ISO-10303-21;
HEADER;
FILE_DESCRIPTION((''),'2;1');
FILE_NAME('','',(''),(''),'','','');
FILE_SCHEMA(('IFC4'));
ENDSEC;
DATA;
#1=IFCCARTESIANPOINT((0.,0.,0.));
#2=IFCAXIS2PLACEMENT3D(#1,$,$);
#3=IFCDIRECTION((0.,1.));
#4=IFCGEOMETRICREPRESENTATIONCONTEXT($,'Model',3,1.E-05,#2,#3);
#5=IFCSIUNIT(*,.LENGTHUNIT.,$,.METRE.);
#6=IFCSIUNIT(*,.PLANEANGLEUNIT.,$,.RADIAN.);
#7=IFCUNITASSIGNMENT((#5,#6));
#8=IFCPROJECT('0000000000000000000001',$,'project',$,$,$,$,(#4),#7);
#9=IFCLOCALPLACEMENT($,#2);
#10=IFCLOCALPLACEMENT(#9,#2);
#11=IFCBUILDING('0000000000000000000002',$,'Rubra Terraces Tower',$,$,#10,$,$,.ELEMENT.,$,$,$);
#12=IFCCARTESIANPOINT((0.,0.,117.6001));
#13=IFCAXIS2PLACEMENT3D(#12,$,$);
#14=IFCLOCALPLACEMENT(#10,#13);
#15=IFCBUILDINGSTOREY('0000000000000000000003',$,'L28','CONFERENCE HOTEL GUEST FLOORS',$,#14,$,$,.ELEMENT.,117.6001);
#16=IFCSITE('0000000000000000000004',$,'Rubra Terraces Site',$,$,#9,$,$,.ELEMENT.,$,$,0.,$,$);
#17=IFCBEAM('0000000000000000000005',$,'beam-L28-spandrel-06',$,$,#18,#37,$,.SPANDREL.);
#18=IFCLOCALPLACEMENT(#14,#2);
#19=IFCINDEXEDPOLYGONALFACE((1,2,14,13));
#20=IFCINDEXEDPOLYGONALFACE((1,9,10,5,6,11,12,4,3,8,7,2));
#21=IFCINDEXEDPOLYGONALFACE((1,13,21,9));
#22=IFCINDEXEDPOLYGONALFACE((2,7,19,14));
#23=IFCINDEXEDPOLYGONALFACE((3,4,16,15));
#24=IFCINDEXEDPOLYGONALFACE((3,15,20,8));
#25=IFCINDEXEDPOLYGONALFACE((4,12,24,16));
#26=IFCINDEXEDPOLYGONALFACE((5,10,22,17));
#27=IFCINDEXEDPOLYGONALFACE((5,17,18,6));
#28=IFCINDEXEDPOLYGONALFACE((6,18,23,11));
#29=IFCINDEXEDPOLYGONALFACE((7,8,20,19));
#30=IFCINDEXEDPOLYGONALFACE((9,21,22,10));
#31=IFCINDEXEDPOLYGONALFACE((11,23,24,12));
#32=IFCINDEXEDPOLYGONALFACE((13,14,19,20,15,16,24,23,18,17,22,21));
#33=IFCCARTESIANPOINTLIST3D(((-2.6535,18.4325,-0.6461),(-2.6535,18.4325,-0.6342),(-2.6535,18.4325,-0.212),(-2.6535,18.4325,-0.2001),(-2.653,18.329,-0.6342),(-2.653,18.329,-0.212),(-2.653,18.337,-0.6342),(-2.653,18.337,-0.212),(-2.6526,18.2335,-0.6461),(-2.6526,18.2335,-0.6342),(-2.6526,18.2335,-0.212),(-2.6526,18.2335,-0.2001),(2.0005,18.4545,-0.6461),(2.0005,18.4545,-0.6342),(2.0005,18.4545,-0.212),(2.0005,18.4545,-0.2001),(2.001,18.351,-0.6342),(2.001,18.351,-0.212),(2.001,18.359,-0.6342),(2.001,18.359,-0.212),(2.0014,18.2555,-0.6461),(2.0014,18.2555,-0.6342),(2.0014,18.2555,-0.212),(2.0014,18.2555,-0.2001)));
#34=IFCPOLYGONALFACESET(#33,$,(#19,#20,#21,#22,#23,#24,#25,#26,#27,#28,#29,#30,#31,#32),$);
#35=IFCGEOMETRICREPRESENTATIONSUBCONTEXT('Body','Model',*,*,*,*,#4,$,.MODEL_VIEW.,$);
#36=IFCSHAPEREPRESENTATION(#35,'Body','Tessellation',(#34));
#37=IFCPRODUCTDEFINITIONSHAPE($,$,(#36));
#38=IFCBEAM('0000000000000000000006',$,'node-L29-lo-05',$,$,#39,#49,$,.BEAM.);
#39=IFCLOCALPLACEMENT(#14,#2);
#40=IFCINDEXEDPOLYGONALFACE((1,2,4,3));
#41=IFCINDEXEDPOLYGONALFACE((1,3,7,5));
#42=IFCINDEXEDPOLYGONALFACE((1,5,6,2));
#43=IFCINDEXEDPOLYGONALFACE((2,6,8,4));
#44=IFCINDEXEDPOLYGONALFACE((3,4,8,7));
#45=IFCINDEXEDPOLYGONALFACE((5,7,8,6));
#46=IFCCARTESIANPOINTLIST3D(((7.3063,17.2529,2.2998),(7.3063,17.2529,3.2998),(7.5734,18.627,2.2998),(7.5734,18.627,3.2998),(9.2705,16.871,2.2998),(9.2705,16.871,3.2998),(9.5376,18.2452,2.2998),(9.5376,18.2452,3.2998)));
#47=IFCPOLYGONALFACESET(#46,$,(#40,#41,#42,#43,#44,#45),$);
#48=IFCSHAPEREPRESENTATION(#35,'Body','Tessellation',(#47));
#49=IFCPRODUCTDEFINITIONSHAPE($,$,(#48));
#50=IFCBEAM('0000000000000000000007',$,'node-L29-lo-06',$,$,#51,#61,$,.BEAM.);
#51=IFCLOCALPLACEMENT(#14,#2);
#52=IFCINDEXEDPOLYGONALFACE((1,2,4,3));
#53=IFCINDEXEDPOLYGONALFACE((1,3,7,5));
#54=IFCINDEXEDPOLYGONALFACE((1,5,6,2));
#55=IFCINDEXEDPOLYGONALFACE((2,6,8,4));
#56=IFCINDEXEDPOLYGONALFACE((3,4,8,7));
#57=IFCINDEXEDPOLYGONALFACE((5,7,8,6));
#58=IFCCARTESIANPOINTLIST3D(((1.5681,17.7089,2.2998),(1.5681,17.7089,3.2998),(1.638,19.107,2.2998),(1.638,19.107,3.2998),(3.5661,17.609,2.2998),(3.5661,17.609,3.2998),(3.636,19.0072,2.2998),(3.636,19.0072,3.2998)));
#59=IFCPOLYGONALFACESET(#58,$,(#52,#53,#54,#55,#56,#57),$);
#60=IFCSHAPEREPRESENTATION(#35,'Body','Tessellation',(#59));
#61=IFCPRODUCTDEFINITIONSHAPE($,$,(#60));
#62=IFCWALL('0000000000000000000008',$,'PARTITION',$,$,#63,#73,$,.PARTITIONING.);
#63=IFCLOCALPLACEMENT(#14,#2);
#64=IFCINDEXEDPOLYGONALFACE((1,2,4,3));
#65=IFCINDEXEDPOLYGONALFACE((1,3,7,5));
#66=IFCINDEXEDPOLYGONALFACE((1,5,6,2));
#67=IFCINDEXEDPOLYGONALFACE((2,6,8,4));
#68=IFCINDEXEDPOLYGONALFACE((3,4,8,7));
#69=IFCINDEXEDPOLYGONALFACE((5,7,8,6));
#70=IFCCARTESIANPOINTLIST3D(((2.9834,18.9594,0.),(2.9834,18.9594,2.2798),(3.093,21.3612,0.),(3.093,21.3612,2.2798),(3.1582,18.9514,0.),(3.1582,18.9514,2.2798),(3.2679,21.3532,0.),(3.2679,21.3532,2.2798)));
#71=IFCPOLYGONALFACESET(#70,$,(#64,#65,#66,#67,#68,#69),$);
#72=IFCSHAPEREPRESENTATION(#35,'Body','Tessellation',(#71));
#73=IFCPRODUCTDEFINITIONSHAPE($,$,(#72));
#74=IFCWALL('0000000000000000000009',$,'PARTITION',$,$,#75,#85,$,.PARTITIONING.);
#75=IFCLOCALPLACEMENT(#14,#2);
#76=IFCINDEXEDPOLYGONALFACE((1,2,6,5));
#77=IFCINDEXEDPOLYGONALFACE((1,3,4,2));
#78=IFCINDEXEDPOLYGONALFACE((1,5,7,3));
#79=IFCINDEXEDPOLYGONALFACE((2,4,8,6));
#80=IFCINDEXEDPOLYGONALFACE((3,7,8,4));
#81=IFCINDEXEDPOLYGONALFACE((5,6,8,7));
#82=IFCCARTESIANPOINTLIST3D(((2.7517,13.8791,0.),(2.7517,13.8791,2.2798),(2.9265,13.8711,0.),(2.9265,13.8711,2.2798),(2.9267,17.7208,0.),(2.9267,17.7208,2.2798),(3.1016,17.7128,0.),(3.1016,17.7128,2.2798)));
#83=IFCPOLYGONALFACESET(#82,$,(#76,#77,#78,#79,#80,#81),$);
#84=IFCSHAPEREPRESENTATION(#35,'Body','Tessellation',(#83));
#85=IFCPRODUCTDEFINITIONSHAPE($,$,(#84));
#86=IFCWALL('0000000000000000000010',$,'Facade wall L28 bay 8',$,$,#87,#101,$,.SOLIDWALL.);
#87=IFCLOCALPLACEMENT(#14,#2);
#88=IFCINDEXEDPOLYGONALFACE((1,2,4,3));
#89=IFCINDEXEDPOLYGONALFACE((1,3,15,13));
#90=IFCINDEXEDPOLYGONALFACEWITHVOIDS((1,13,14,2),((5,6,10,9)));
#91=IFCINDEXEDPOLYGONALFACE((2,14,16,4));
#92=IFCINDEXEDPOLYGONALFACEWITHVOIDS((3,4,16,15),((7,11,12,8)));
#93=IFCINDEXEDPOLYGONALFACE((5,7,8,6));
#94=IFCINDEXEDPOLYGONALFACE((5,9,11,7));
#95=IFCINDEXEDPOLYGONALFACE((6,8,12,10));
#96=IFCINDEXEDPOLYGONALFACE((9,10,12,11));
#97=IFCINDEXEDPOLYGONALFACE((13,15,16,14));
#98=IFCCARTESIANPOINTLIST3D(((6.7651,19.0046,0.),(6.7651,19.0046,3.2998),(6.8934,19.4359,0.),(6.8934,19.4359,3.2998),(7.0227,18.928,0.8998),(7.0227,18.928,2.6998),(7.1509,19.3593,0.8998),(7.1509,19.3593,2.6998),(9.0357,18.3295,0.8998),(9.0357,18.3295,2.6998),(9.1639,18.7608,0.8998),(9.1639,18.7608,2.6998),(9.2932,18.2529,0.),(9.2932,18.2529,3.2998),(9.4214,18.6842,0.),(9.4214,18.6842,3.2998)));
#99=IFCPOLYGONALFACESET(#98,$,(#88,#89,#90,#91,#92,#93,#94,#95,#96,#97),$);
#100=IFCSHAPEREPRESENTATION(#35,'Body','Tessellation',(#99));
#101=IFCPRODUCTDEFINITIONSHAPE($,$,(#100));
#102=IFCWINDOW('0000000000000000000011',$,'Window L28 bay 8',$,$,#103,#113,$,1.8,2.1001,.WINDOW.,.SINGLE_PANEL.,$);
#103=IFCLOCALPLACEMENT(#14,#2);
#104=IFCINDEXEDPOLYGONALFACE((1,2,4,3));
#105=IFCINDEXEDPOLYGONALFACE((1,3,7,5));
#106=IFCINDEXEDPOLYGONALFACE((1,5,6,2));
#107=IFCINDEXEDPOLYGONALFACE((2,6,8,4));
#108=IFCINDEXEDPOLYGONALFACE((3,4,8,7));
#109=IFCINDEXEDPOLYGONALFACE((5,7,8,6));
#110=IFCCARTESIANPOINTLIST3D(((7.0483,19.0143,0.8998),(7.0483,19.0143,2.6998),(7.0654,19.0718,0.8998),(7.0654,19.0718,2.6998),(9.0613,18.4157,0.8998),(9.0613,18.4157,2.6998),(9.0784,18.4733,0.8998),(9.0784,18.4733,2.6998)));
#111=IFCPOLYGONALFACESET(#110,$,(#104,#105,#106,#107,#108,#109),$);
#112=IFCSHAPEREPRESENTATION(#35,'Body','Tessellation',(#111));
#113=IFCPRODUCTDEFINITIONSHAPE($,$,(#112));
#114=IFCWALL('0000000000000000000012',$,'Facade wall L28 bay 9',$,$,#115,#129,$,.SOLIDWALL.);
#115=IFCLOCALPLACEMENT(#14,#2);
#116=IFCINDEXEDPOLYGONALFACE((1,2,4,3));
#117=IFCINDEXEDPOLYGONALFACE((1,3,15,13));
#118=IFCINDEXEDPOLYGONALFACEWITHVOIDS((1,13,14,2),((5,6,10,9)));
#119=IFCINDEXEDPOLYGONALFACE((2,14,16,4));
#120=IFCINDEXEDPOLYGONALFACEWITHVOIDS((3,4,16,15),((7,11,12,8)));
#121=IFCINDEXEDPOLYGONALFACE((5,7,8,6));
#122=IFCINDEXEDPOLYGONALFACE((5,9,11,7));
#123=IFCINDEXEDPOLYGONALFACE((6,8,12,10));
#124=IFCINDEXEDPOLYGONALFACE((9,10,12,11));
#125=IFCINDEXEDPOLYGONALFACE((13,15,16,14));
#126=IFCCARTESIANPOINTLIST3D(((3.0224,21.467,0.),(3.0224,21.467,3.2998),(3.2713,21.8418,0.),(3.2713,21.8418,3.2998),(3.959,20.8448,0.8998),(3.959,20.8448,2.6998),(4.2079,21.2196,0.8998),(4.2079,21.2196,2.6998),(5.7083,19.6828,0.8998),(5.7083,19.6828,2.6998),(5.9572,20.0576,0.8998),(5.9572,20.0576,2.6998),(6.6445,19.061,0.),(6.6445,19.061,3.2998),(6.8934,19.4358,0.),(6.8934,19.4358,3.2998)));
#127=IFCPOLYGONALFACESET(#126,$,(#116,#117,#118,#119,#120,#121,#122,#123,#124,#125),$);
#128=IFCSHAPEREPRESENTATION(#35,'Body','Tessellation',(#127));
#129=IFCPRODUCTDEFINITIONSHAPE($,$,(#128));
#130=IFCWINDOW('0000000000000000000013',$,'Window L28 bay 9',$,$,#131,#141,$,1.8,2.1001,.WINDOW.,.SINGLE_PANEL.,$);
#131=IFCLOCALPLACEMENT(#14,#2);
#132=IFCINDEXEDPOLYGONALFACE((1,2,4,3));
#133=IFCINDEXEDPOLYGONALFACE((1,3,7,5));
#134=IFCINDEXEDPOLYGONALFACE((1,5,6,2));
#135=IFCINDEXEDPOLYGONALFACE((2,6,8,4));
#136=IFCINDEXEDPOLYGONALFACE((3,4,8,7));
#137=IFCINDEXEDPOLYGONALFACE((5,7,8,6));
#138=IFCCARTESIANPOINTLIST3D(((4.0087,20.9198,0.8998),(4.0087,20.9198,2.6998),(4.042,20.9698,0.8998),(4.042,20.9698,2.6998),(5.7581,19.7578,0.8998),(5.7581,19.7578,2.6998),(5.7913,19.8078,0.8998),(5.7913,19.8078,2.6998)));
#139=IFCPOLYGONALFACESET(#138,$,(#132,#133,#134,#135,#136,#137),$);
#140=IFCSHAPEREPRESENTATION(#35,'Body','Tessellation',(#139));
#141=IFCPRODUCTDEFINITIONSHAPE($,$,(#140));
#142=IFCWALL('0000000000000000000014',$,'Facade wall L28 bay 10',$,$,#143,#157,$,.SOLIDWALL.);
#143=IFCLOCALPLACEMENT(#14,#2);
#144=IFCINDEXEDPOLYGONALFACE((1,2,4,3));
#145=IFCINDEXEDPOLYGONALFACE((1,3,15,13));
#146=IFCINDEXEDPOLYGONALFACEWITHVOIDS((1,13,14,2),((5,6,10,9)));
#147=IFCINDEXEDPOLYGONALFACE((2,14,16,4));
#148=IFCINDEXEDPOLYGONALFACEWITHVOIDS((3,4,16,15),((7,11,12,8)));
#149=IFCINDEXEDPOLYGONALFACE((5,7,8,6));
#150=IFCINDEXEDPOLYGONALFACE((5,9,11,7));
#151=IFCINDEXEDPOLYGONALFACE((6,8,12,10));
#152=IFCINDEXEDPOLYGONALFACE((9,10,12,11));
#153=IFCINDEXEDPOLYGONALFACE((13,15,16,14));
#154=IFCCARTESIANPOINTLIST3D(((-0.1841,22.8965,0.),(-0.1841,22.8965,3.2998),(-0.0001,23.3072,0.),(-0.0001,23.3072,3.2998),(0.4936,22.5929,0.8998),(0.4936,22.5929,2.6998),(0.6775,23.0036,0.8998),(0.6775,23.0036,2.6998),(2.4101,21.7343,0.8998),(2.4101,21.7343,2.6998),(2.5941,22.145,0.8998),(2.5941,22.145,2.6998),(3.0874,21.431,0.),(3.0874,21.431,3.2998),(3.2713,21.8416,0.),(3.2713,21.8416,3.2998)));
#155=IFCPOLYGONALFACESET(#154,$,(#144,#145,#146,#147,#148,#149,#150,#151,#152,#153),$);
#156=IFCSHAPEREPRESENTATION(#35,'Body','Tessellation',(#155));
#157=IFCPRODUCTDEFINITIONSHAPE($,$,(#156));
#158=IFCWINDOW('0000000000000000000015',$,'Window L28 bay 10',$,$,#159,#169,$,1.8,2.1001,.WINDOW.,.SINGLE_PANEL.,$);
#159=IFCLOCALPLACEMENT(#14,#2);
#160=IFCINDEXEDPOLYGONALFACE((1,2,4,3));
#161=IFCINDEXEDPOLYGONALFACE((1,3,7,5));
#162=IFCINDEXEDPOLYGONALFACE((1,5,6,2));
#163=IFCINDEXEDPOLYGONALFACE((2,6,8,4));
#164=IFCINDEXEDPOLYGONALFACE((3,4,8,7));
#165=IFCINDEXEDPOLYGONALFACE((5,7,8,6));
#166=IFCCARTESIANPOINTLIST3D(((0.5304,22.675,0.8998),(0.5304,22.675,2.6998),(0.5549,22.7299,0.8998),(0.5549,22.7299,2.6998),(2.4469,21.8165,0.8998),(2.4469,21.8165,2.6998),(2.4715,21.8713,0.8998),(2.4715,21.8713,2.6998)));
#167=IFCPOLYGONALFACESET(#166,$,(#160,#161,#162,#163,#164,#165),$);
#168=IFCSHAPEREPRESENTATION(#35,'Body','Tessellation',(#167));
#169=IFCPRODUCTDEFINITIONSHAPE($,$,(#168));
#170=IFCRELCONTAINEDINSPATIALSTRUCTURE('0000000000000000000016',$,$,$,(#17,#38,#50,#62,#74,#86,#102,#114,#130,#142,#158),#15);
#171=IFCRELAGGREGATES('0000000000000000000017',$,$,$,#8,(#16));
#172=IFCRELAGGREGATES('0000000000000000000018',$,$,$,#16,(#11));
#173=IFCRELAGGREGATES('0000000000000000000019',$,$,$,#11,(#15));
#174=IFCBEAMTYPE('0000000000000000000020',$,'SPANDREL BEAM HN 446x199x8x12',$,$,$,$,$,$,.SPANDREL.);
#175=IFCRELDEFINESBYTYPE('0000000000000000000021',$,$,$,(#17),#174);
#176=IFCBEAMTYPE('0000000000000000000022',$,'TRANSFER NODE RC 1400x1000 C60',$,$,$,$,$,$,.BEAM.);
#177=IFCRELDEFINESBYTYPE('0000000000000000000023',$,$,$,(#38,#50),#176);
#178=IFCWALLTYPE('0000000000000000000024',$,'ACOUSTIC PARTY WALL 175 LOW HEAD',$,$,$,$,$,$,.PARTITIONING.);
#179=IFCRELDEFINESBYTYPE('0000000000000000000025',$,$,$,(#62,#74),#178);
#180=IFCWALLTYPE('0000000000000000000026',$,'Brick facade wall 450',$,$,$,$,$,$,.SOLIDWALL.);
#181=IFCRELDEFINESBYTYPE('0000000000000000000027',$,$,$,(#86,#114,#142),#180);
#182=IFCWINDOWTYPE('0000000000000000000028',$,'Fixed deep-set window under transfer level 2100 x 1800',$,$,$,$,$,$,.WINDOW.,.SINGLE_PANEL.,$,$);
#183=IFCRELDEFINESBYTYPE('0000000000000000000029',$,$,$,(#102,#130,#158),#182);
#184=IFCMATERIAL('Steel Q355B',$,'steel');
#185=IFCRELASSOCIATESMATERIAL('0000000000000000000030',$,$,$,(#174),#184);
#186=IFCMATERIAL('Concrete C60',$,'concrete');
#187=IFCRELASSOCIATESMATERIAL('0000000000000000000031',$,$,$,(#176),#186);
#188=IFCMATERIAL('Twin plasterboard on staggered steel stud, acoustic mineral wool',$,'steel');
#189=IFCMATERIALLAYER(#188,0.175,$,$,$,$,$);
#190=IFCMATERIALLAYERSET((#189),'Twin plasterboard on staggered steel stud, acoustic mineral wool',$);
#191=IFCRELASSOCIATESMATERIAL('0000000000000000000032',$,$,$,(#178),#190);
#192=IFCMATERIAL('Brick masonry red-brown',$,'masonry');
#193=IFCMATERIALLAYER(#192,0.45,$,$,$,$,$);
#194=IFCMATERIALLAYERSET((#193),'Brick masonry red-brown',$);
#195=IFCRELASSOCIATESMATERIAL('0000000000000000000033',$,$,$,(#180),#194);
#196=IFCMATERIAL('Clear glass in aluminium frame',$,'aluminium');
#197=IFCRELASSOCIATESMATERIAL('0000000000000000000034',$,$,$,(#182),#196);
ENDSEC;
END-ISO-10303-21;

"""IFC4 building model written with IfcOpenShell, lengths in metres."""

from ifc_helpers import new_model, si_unit, direction, frame, frame_2d, origin, origin_2d, place, context, subcontext, project, spatial, rectangle, i_section, extrude, material, layer, layer_set, material_profile, profile_set, type_object, element, fill, save


model = new_model("IFC4")

# Units and contexts
model_context = context("Model", 3, precision=1e-05, world=origin(), true_north=direction((0.0, 1.0)))
body_context = subcontext(model_context, "Body", "Model", "MODEL_VIEW")
ifc_project = project(units=[si_unit("LENGTHUNIT", "METRE"), si_unit("PLANEANGLEUNIT", "RADIAN")], contexts=[model_context])

# Site, building, storey
site_placement = place(None, origin())
site = spatial("IfcSite", under=ifc_project, at=site_placement, Name="Rubra Terraces Site", CompositionType="ELEMENT", RefElevation=0.0)
building_placement = place(site_placement, origin())
building = spatial("IfcBuilding", under=site, at=building_placement, Name="Rubra Terraces Tower", CompositionType="ELEMENT")
storey_placement = place(building_placement, frame((0.0, 0.0, 117.6001)))
storey = spatial("IfcBuildingStorey", under=building, at=storey_placement, Name="L28", Description="CONFERENCE HOTEL GUEST FLOORS", CompositionType="ELEMENT", Elevation=117.6001)

# Shared definitions
ifc_material_1 = material(Name="Concrete C60", Category="concrete")

# Beams
ifc_material_2 = material(Name="Steel Q355B", Category="steel")
ifc_material_profile_1 = material_profile(ifc_material_2, i_section(OverallWidth=0.199, OverallDepth=0.446, WebThickness=0.0081, FlangeThickness=0.012, at=origin_2d()), Name="HN 446x199x8x12")
ifc_profile_set_1 = profile_set([ifc_material_profile_1], Name="Steel Q355B")
beam_type_1 = type_object("IfcBeamType", Name="SPANDREL BEAM HN 446x199x8x12", PredefinedType="SPANDREL", material=ifc_profile_set_1)
beam_1_placement = place(storey_placement, frame((2.001, 18.355, -0.4231), z_axis=(-0.999989, -0.004721, 0.0), x_axis=(0.004721, -0.999989, 0.0)))
element("IfcBeam", 1, at=beam_1_placement, inside=storey, type_object=beam_type_1, Name="beam-L28-spandrel-06", PredefinedType="SPANDREL", context=body_context, shape_type="SweptSolid", body=[
    extrude(i_section(OverallWidth=0.199, OverallDepth=0.446, WebThickness=0.0081, FlangeThickness=0.012, at=origin_2d()), origin(), (0.0, 0.0, 1.0), 4.6541),
])
ifc_material_profile_2 = material_profile(ifc_material_1, rectangle(XDim=1.3999, YDim=1.0, at=origin_2d()), Name="RC 1400x1000")
ifc_profile_set_2 = profile_set([ifc_material_profile_2], Name="Concrete C60")
beam_type_2 = type_object("IfcBeamType", Name="TRANSFER NODE RC 1400x1000 C60", PredefinedType="BEAM", material=ifc_profile_set_2)
beam_2_placement = place(storey_placement, frame((9.4041, 17.5581, 2.7998), z_axis=(-0.981622, 0.190834, 0.0), x_axis=(-0.190834, -0.981622, 0.0)))
element("IfcBeam", 2, at=beam_2_placement, inside=storey, type_object=beam_type_2, Name="node-L29-lo-05", PredefinedType="BEAM", context=body_context, shape_type="SweptSolid", body=[
    extrude(rectangle(XDim=1.3999, YDim=1.0, at=origin_2d()), origin(), (0.0, 0.0, 1.0), 2.001),
])
beam_3_placement = place(storey_placement, frame((3.6011, 18.3081, 2.7998), z_axis=(-0.998754, 0.049913, 0.0), x_axis=(-0.049913, -0.998754, 0.0)))
element("IfcBeam", 3, at=beam_3_placement, inside=storey, type_object=beam_type_2, Name="node-L29-lo-06", PredefinedType="BEAM", context=body_context, shape_type="SweptSolid", body=[
    extrude(rectangle(XDim=1.3999, YDim=1.0, at=origin_2d()), origin(), (0.0, 0.0, 1.0), 2.0005),
])

# Walls
ifc_material_3 = material(Name="Twin plasterboard on staggered steel stud, acoustic mineral wool", Category="steel")
ifc_layer_1 = layer(ifc_material_3, 0.175)
ifc_layer_set_1 = layer_set([ifc_layer_1], Name="Twin plasterboard on staggered steel stud, acoustic mineral wool")
wall_type_1 = type_object("IfcWallType", Name="ACOUSTIC PARTY WALL 175 LOW HEAD", PredefinedType="PARTITIONING", material=ifc_layer_set_1)
wall_1_placement = place(storey_placement, frame((3.1804, 21.3572, 0.0), z_axis=(0.0, 0.0, 1.0), x_axis=(-0.045592, -0.99896, 0.0)))
element("IfcWall", 4, at=wall_1_placement, inside=storey, type_object=wall_type_1, Name="PARTITION", PredefinedType="PARTITIONING", context=body_context, shape_type="SweptSolid", body=[
    extrude(rectangle(XDim=2.4043, YDim=0.175, at=frame_2d((1.2021, 0.0))), origin(), (0.0, 0.0, 1.0), 2.2798),
])
wall_2_placement = place(storey_placement, frame((3.0142, 17.7168, 0.0), z_axis=(0.0, 0.0, 1.0), x_axis=(-0.045517, -0.998964, 0.0)))
element("IfcWall", 5, at=wall_2_placement, inside=storey, type_object=wall_type_1, Name="PARTITION", PredefinedType="PARTITIONING", context=body_context, shape_type="SweptSolid", body=[
    extrude(rectangle(XDim=3.8457, YDim=0.175, at=frame_2d((1.9229, 0.0))), origin(), (0.0, 0.0, 1.0), 2.2798),
])

# Walls, openings, windows
ifc_material_4 = material(Name="Brick masonry red-brown", Category="masonry")
ifc_layer_2 = layer(ifc_material_4, 0.45)
ifc_layer_set_2 = layer_set([ifc_layer_2], Name="Brick masonry red-brown")
wall_type_2 = type_object("IfcWallType", Name="Brick facade wall 450", PredefinedType="SOLIDWALL", material=ifc_layer_set_2)
wall_3_placement = place(storey_placement, frame((9.3574, 18.4685, 0.0), z_axis=(0.0, 0.0, 1.0), x_axis=(-0.958524, 0.285012, 0.0)))
wall_3 = element("IfcWall", 6, at=wall_3_placement, inside=storey, type_object=wall_type_2, Name="Facade wall L28 bay 8", PredefinedType="SOLIDWALL", context=body_context, shape_type="SweptSolid", body=[
    extrude(rectangle(XDim=2.6375, YDim=0.45, at=frame_2d((1.3188, 0.0))), origin(), (0.0, 0.0, 1.0), 3.2998),
])
opening_1_placement = place(wall_3_placement, frame((0.2688, 0.0, 0.8999)))
opening_1 = element("IfcOpeningElement", 7, at=opening_1_placement, cuts=wall_3, PredefinedType="OPENING", context=body_context, shape_type="SweptSolid", body=[
    extrude(rectangle(XDim=2.1001, YDim=1.8, at=frame_2d((1.05, 0.8999))), frame((0.0, 0.2349, 0.0), z_axis=(0.0, -1.0, 0.0), x_axis=(1.0, 0.0, 0.0)), (0.0, 0.0, 1.0), 0.47),
])
ifc_material_5 = material(Name="Clear glass in aluminium frame", Category="aluminium")
window_type = type_object("IfcWindowType", Name="Fixed deep-set window under transfer level 2100 x 1800", PartitioningType="SINGLE_PANEL", PredefinedType="WINDOW", material=ifc_material_5)
window_1_placement = place(opening_1_placement, origin())
window_1 = element("IfcWindow", 8, at=window_1_placement, inside=storey, type_object=window_type, Name="Window L28 bay 8", OverallHeight=1.8, OverallWidth=2.1001, PartitioningType="SINGLE_PANEL", PredefinedType="WINDOW", context=body_context, shape_type="SweptSolid", body=[
    extrude(rectangle(XDim=2.1001, YDim=1.8, at=frame_2d((1.05, 0.8999))), frame((0.0, 0.135, 0.0), z_axis=(0.0, -1.0, 0.0), x_axis=(1.0, 0.0, 0.0)), (0.0, 0.0, 1.0), 0.0601),
])
fill(opening_1, window_1)
wall_4_placement = place(storey_placement, frame((6.769, 19.2483, 0.0), z_axis=(0.0, 0.0, 1.0), x_axis=(-0.832973, 0.553313, 0.0)))
wall_4 = element("IfcWall", 9, at=wall_4_placement, inside=storey, type_object=wall_type_2, Name="Facade wall L28 bay 9", PredefinedType="SOLIDWALL", context=body_context, shape_type="SweptSolid", body=[
    extrude(rectangle(XDim=4.3484, YDim=0.45, at=frame_2d((2.1743, 0.0))), origin(), (0.0, 0.0, 1.0), 3.2998),
])
opening_2_placement = place(wall_4_placement, frame((1.124, 0.0, 0.8999)))
opening_2 = element("IfcOpeningElement", 10, at=opening_2_placement, cuts=wall_4, PredefinedType="OPENING", context=body_context, shape_type="SweptSolid", body=[
    extrude(rectangle(XDim=2.1001, YDim=1.8, at=frame_2d((1.05, 0.8999))), frame((0.0, 0.2349, 0.0), z_axis=(0.0, -1.0, 0.0), x_axis=(1.0, 0.0, 0.0)), (0.0, 0.0, 1.0), 0.47),
])
window_2_placement = place(opening_2_placement, origin())
window_2 = element("IfcWindow", 11, at=window_2_placement, inside=storey, type_object=window_type, Name="Window L28 bay 9", OverallHeight=1.8, OverallWidth=2.1001, PartitioningType="SINGLE_PANEL", PredefinedType="WINDOW", context=body_context, shape_type="SweptSolid", body=[
    extrude(rectangle(XDim=2.1001, YDim=1.8, at=frame_2d((1.05, 0.8999))), frame((0.0, 0.135, 0.0), z_axis=(0.0, -1.0, 0.0), x_axis=(1.0, 0.0, 0.0)), (0.0, 0.0, 1.0), 0.0601),
])
fill(opening_2, window_2)
wall_5_placement = place(storey_placement, frame((3.1794, 21.6362, 0.0), z_axis=(0.0, 0.0, 1.0), x_axis=(-0.912608, 0.408835, 0.0)))
wall_5 = element("IfcWall", 12, at=wall_5_placement, inside=storey, type_object=wall_type_2, Name="Facade wall L28 bay 10", PredefinedType="SOLIDWALL", context=body_context, shape_type="SweptSolid", body=[
    extrude(rectangle(XDim=3.5847, YDim=0.45, at=frame_2d((1.7925, 0.0))), origin(), (0.0, 0.0, 1.0), 3.2998),
])
opening_3_placement = place(wall_5_placement, frame((0.7422, 0.0, 0.8999)))
opening_3 = element("IfcOpeningElement", 13, at=opening_3_placement, cuts=wall_5, PredefinedType="OPENING", context=body_context, shape_type="SweptSolid", body=[
    extrude(rectangle(XDim=2.1001, YDim=1.8, at=frame_2d((1.05, 0.8999))), frame((0.0, 0.2349, 0.0), z_axis=(0.0, -1.0, 0.0), x_axis=(1.0, 0.0, 0.0)), (0.0, 0.0, 1.0), 0.47),
])
window_3_placement = place(opening_3_placement, origin())
window_3 = element("IfcWindow", 14, at=window_3_placement, inside=storey, type_object=window_type, Name="Window L28 bay 10", OverallHeight=1.8, OverallWidth=2.1001, PartitioningType="SINGLE_PANEL", PredefinedType="WINDOW", context=body_context, shape_type="SweptSolid", body=[
    extrude(rectangle(XDim=2.1001, YDim=1.8, at=frame_2d((1.05, 0.8999))), frame((0.0, 0.135, 0.0), z_axis=(0.0, -1.0, 0.0), x_axis=(1.0, 0.0, 0.0)), (0.0, 0.0, 1.0), 0.0601),
])
fill(opening_3, window_3)

save(model, "model.ifc")
